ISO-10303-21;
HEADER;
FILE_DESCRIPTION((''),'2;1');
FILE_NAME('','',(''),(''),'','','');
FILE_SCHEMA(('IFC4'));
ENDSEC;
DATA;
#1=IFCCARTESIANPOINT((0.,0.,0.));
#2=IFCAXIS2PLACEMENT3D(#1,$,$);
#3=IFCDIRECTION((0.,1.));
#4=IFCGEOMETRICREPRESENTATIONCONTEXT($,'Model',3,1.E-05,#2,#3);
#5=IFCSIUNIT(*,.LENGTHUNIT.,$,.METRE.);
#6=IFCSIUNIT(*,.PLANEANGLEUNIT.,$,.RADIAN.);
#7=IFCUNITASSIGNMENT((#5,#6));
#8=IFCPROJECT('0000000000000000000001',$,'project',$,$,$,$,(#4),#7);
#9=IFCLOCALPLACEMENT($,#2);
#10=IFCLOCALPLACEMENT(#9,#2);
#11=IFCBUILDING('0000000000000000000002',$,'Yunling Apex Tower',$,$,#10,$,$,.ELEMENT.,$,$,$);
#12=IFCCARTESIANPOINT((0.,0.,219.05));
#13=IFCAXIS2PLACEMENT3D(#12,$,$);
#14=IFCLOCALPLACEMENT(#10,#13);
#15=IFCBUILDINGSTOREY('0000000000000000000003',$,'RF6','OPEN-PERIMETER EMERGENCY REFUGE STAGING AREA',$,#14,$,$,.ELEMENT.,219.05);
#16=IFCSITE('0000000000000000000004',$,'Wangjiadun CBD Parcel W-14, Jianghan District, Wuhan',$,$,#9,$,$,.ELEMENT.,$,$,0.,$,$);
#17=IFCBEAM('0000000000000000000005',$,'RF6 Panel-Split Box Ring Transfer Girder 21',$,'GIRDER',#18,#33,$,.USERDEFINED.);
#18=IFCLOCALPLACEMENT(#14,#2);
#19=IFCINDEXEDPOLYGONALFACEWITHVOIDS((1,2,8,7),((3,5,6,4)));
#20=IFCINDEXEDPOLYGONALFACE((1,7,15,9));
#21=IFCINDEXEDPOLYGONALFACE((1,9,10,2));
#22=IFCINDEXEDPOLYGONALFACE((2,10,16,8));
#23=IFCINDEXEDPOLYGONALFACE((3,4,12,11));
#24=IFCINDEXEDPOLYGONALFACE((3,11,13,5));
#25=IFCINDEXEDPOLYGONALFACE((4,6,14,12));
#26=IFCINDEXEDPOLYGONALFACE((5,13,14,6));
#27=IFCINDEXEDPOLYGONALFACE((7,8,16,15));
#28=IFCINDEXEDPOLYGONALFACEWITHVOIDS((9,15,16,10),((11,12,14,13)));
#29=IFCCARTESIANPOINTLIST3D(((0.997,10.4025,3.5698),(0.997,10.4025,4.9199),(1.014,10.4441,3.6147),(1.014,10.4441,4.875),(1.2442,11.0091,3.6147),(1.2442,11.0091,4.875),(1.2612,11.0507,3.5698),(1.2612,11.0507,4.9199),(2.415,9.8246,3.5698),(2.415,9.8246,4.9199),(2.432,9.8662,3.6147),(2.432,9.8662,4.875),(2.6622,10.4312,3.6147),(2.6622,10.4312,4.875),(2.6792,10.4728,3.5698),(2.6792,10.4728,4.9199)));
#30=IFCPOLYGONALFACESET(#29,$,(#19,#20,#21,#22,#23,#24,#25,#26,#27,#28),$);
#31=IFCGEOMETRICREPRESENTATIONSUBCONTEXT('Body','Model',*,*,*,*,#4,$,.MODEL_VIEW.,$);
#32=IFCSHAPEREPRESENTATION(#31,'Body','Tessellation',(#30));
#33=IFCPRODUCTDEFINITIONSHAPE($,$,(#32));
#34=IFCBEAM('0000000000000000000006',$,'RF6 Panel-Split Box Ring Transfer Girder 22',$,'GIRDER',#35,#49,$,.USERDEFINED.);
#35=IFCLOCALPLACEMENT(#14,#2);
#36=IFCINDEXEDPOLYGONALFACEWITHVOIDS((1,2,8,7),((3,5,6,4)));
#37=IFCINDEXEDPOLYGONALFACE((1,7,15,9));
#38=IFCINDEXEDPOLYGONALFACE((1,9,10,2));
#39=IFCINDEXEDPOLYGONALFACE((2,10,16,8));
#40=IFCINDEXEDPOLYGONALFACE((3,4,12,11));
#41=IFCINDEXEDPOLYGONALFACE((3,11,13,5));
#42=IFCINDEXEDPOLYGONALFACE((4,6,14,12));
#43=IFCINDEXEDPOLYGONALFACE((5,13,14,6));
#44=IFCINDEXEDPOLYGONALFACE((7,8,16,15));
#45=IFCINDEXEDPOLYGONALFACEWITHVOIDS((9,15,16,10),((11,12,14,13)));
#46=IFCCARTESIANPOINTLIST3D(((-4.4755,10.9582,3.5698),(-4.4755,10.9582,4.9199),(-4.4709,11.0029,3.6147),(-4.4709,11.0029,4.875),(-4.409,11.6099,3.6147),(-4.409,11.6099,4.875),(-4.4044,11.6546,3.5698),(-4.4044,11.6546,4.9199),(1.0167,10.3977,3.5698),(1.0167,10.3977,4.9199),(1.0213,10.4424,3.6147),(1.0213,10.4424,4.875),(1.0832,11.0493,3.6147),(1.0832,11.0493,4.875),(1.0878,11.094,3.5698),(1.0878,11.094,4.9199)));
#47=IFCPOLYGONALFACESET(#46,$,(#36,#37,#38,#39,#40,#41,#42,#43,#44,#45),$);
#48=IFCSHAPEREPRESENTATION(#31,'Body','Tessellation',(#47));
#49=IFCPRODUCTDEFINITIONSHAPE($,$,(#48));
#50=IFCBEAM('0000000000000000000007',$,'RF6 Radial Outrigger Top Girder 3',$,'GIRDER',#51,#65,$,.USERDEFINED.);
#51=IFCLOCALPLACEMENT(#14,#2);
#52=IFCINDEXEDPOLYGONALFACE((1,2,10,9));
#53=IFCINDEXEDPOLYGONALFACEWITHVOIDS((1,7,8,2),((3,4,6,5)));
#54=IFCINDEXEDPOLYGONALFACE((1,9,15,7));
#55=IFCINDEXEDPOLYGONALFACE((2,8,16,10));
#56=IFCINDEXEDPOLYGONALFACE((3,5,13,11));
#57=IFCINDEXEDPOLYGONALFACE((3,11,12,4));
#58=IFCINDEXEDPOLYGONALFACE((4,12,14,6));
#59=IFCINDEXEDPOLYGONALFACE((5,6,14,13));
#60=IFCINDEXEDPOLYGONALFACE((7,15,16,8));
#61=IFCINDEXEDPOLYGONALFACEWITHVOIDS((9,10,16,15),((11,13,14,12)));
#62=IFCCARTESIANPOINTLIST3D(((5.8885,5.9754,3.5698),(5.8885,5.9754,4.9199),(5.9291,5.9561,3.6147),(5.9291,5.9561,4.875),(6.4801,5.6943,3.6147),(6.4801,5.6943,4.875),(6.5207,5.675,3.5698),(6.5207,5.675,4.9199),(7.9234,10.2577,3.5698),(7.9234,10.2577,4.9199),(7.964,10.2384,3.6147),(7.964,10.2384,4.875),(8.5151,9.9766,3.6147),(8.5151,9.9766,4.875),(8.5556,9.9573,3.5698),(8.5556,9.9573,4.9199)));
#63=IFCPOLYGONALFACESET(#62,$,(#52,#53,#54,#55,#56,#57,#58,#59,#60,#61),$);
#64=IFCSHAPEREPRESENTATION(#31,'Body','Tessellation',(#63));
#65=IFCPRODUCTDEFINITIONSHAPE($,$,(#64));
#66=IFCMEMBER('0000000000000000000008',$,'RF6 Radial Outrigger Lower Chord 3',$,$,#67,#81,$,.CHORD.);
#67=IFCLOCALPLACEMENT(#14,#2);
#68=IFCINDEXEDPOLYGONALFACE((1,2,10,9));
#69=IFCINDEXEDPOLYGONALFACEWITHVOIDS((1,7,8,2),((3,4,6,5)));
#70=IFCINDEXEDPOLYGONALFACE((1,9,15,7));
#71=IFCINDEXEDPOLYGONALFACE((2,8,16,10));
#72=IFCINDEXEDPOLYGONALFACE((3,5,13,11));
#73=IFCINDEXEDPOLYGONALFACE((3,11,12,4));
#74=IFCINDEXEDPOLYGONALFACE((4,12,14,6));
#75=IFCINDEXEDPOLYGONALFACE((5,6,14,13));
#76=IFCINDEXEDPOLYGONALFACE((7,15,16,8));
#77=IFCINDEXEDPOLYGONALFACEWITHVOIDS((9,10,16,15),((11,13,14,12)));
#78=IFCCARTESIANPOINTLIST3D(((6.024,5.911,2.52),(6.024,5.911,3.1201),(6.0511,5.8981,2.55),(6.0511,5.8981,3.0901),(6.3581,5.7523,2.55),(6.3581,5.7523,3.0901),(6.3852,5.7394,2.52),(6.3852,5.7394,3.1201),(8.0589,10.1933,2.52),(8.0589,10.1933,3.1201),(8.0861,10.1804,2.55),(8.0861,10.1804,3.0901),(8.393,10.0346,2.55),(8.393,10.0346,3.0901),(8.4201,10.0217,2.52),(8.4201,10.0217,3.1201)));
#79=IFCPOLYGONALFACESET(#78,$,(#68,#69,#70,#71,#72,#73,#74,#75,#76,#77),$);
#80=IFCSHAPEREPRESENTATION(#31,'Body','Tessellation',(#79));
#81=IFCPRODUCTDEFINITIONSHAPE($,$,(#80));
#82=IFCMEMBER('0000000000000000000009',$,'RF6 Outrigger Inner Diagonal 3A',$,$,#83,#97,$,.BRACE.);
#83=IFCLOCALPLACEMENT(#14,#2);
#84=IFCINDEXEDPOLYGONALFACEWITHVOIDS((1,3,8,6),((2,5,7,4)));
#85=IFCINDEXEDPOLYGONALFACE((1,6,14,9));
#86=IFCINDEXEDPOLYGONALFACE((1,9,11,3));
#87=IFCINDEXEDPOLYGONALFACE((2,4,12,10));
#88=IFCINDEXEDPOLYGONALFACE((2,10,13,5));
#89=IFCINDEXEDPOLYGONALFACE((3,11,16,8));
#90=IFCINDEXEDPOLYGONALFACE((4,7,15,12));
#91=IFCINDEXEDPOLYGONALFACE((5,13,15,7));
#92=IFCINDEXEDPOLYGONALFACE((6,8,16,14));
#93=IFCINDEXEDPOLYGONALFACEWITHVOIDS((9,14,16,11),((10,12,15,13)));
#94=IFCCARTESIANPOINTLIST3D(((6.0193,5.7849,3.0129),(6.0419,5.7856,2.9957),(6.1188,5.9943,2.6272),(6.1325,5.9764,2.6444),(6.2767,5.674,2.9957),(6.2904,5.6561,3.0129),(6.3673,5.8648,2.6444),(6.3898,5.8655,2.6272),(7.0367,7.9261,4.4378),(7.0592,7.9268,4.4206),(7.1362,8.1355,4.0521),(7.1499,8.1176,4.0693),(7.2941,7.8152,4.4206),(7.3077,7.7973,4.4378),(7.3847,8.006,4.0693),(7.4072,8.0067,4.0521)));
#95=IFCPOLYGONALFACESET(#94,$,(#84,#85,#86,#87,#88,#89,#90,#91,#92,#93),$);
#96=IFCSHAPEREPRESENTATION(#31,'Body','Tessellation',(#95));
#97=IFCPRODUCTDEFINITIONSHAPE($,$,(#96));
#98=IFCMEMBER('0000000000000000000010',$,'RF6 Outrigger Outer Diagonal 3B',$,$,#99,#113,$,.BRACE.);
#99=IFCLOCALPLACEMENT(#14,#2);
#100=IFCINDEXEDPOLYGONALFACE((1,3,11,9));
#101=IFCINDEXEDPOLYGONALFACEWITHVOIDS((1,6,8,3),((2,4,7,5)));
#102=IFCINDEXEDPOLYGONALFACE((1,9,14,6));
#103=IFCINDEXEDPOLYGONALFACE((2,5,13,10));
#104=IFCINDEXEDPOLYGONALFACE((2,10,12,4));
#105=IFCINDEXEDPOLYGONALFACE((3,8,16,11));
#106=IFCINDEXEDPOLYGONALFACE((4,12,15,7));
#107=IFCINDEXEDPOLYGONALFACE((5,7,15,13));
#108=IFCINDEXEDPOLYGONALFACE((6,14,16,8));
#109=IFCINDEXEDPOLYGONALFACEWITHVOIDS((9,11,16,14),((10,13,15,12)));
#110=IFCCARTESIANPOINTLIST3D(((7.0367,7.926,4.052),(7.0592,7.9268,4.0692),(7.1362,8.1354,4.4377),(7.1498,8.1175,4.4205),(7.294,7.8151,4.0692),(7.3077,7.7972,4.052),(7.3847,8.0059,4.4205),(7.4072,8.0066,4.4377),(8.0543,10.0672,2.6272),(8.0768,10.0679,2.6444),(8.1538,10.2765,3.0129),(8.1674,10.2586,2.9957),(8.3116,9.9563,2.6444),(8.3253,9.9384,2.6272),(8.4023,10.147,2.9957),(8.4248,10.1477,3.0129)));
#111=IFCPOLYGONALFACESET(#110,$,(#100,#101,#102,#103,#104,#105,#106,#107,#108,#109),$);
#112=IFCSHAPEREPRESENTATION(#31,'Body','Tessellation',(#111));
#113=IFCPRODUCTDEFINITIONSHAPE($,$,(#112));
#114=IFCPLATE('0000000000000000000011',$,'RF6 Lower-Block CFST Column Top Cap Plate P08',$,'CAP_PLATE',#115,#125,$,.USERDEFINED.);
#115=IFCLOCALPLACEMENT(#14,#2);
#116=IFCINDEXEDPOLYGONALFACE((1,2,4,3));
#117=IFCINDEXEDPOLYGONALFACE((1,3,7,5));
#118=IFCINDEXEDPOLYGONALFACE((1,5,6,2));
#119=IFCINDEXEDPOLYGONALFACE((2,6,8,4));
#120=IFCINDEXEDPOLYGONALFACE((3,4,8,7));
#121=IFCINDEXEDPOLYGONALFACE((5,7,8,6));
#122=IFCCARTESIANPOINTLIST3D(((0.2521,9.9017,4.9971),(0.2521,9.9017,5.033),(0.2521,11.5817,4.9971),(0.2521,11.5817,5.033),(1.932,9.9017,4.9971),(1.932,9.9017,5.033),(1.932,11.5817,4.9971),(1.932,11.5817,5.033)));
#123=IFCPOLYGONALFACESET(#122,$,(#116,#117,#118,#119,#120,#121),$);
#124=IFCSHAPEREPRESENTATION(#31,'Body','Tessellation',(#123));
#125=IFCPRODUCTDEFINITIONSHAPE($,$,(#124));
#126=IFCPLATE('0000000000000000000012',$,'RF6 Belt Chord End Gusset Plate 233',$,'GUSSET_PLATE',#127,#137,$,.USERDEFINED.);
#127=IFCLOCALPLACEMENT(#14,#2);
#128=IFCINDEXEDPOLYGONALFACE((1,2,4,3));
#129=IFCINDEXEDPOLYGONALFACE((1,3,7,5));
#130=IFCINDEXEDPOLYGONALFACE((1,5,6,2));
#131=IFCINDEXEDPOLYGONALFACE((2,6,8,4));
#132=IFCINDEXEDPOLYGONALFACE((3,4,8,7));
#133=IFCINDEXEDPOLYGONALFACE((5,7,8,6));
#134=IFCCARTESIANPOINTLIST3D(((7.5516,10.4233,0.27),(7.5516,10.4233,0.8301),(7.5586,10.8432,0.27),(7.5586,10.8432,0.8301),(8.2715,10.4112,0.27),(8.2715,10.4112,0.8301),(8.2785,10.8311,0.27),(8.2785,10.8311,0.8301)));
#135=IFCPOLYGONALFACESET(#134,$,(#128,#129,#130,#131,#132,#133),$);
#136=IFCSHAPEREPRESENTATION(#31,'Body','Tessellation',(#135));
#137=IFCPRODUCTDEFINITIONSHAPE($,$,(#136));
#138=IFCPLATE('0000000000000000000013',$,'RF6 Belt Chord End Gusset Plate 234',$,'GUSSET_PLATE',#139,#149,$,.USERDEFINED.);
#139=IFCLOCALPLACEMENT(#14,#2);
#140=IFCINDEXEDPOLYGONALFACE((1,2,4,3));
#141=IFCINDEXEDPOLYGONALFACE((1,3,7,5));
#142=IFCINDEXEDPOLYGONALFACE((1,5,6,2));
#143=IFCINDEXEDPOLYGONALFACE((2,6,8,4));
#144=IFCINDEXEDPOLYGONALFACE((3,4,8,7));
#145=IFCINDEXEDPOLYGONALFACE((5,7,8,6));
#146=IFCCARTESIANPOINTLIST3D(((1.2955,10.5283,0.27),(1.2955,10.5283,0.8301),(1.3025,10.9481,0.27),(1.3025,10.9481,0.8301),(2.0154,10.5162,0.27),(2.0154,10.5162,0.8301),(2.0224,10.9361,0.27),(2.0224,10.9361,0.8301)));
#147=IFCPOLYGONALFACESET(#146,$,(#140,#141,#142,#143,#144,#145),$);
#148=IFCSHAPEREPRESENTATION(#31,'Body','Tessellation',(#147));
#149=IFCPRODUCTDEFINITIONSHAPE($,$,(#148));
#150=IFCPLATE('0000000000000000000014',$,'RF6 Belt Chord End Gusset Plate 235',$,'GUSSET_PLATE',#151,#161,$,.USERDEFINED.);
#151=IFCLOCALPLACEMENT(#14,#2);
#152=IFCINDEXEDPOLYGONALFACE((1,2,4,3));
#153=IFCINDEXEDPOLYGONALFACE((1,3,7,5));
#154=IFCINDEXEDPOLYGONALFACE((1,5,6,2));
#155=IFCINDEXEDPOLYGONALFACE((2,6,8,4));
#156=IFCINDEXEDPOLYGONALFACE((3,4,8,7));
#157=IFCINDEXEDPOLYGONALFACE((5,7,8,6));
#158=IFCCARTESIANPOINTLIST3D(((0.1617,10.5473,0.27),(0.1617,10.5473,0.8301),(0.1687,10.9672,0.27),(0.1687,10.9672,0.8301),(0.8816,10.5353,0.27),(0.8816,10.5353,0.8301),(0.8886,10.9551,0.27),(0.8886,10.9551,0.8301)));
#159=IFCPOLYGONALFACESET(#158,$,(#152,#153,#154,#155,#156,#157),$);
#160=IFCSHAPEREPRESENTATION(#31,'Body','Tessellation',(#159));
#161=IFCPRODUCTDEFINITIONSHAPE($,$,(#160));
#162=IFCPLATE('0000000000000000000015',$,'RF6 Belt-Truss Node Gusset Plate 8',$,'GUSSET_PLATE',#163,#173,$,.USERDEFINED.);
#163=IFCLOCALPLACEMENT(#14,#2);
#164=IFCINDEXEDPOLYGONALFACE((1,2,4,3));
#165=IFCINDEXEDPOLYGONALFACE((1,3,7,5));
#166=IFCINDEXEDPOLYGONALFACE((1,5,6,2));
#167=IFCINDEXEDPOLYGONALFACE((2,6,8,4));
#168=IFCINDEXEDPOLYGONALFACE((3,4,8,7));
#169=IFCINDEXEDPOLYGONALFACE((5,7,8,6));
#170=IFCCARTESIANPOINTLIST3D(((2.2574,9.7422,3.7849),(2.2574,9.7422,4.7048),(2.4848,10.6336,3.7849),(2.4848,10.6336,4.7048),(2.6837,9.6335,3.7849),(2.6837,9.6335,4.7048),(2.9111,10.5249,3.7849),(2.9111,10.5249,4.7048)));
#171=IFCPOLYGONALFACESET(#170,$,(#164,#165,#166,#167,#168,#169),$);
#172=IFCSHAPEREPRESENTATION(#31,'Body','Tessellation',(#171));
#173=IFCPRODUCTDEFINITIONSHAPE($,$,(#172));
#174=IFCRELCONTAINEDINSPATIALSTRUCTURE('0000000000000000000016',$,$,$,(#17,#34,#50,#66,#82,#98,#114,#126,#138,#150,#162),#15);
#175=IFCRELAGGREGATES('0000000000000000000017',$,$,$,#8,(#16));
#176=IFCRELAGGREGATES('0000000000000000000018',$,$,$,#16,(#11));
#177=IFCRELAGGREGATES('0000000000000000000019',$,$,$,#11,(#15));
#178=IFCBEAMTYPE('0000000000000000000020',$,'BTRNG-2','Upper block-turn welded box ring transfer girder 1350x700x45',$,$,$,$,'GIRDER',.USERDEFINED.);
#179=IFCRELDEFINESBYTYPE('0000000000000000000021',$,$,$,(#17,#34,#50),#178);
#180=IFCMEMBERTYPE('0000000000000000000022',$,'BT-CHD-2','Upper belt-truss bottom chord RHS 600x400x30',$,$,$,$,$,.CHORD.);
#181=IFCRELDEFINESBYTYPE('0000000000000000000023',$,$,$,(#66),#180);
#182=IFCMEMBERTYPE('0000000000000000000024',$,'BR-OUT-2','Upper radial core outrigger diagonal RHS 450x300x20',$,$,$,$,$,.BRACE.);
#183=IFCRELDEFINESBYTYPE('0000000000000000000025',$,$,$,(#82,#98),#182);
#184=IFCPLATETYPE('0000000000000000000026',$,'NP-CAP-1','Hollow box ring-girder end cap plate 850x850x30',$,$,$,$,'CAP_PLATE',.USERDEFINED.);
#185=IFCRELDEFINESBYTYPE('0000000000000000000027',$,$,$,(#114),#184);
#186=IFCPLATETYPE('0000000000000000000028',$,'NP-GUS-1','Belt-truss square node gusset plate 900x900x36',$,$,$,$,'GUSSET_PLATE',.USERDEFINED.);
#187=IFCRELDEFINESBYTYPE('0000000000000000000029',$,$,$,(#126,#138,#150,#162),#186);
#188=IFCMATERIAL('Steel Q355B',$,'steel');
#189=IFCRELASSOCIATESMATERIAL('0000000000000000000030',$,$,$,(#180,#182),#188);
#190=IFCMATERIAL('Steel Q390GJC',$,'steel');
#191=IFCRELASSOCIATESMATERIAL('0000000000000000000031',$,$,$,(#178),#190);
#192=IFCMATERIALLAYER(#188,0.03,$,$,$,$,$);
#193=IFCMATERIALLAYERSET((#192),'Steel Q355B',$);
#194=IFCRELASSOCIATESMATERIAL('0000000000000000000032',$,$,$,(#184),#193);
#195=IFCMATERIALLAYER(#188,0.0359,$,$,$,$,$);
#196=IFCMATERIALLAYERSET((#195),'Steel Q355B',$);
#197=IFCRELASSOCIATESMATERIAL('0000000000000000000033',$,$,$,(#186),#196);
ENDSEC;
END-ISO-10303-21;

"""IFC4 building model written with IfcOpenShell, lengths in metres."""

from ifc_helpers import new_model, si_unit, direction, frame, origin, origin_2d, place, context, subcontext, project, spatial, rectangle, hollow_rectangle, extrude, source, transform, mapped, material, layer, layer_set, material_profile, profile_set, type_object, element, save


model = new_model("IFC4")

# Units and contexts
model_context = context("Model", 3, precision=1e-05, world=origin(), true_north=direction((0.0, 1.0)))
body_context = subcontext(model_context, "Body", "Model", "MODEL_VIEW")
ifc_project = project(units=[si_unit("LENGTHUNIT", "METRE"), si_unit("PLANEANGLEUNIT", "RADIAN")], contexts=[model_context])

# Site, building, storey
site_placement = place(None, origin())
site = spatial("IfcSite", under=ifc_project, at=site_placement, Name="Wangjiadun CBD Parcel W-14, Jianghan District, Wuhan", CompositionType="ELEMENT", RefElevation=0.0)
building_placement = place(site_placement, origin())
building = spatial("IfcBuilding", under=site, at=building_placement, Name="Yunling Apex Tower", CompositionType="ELEMENT")
storey_placement = place(building_placement, frame((0.0, 0.0, 219.05)))
storey = spatial("IfcBuildingStorey", under=building, at=storey_placement, Name="RF6", Description="OPEN-PERIMETER EMERGENCY REFUGE STAGING AREA", CompositionType="ELEMENT", Elevation=219.05)

# Shared definitions
ifc_material_1 = material(Name="Steel Q390GJC", Category="steel")

# Shared definitions
ifc_material_2 = material(Name="Steel Q355B", Category="steel")

# Shared definitions
ifc_material_profile_1 = material_profile(ifc_material_2, hollow_rectangle(XDim=0.3999, YDim=0.6001, WallThickness=0.03, at=origin_2d()))
ifc_profile_set_1 = profile_set([ifc_material_profile_1], Name="Steel Q355B")
member_type_1 = type_object("IfcMemberType", Name="BT-CHD-2", Description="Upper belt-truss bottom chord RHS 600x400x30", PredefinedType="CHORD", material=ifc_profile_set_1)

# Beams
ifc_material_profile_2 = material_profile(ifc_material_1, hollow_rectangle(XDim=0.7, YDim=1.3501, WallThickness=0.0449, at=origin_2d()))
ifc_profile_set_2 = profile_set([ifc_material_profile_2], Name="Steel Q390GJC")
beam_type_1 = type_object("IfcBeamType", Name="BTRNG-2", Description="Upper block-turn welded box ring transfer girder 1350x700x45", ElementType="GIRDER", PredefinedType="USERDEFINED", material=ifc_profile_set_2)
shared_shape_1 = source(origin(), body_context, "Body", "SweptSolid", [
    extrude(hollow_rectangle(XDim=0.7, YDim=1.3501, WallThickness=0.0449, at=origin_2d()), origin(), (0.0, 0.0, 1.0), 1.5312),
])
beam_1_placement = place(storey_placement, frame((2.5471, 10.1487, 4.2449), z_axis=(-0.926049, 0.377403, 0.0), x_axis=(-0.377403, -0.926049, 0.0)))
element("IfcBeam", 1, at=beam_1_placement, inside=storey, type_object=beam_type_1, Name="RF6 Panel-Split Box Ring Transfer Girder 21", ObjectType="GIRDER", PredefinedType="USERDEFINED", context=body_context, shape_type="MappedRepresentation", body=[
    mapped(shared_shape_1, transform((0.0, 0.0, 0.0), scale=1.0)),
])
shared_shape_2 = source(origin(), body_context, "Body", "SweptSolid", [
    extrude(hollow_rectangle(XDim=0.7, YDim=1.3501, WallThickness=0.0449, at=origin_2d()), origin(), (0.0, 0.0, 1.0), 5.5208),
])
beam_2_placement = place(storey_placement, frame((1.0522, 10.7458, 4.2449), z_axis=(-0.994832, 0.101535, 0.0), x_axis=(-0.101535, -0.994832, 0.0)))
element("IfcBeam", 2, at=beam_2_placement, inside=storey, type_object=beam_type_1, Name="RF6 Panel-Split Box Ring Transfer Girder 22", ObjectType="GIRDER", PredefinedType="USERDEFINED", context=body_context, shape_type="MappedRepresentation", body=[
    mapped(shared_shape_2, transform((0.0, 0.0, 0.0), scale=1.0)),
])
shared_shape_3 = source(origin(), body_context, "Body", "SweptSolid", [
    extrude(hollow_rectangle(XDim=0.7, YDim=1.3501, WallThickness=0.0449, at=origin_2d()), origin(), (0.0, 0.0, 1.0), 4.7412),
])
beam_3_placement = place(storey_placement, frame((6.2046, 5.8252, 4.2449), z_axis=(0.429204, 0.903208, 0.0), x_axis=(-0.903208, 0.429204, 0.0)))
element("IfcBeam", 3, at=beam_3_placement, inside=storey, type_object=beam_type_1, Name="RF6 Radial Outrigger Top Girder 3", ObjectType="GIRDER", PredefinedType="USERDEFINED", context=body_context, shape_type="MappedRepresentation", body=[
    mapped(shared_shape_3, transform((0.0, 0.0, 0.0), scale=1.0)),
])

# Members
shared_shape_4 = source(origin(), body_context, "Body", "SweptSolid", [
    extrude(hollow_rectangle(XDim=0.3999, YDim=0.6001, WallThickness=0.03, at=origin_2d()), origin(), (0.0, 0.0, 1.0), 4.7412),
])
member_placement = place(storey_placement, frame((6.2046, 5.8252, 2.8201), z_axis=(0.429204, 0.903208, 0.0), x_axis=(-0.903208, 0.429204, 0.0)))
element("IfcMember", 4, at=member_placement, inside=storey, type_object=member_type_1, Name="RF6 Radial Outrigger Lower Chord 3", PredefinedType="CHORD", context=body_context, shape_type="MappedRepresentation", body=[
    mapped(shared_shape_4, transform((0.0, 0.0, 0.0), scale=1.0)),
])
ifc_material_profile_3 = material_profile(ifc_material_2, hollow_rectangle(XDim=0.3, YDim=0.45, WallThickness=0.02, at=origin_2d()))
ifc_profile_set_3 = profile_set([ifc_material_profile_3], Name="Steel Q355B")
member_type_2 = type_object("IfcMemberType", Name="BR-OUT-2", Description="Upper radial core outrigger diagonal RHS 450x300x20", PredefinedType="BRACE", material=ifc_profile_set_3)
shared_shape_5 = source(origin(), body_context, "Body", "SweptSolid", [
    extrude(hollow_rectangle(XDim=0.3, YDim=0.45, WallThickness=0.02, at=origin_2d()), origin(), (0.0, 0.0, 1.0), 2.7659),
])
for number, where, z_axis, x_axis, name in (
    (5, (6.2046, 5.8252, 2.8201), (0.367832, 0.774151, 0.515159), (-0.903228, 0.429162, 0.0), "RF6 Outrigger Inner Diagonal 3A"),
    (6, (7.2219, 7.9663, 4.2449), (0.367909, 0.774126, -0.515143), (-0.903188, 0.429246, 0.0), "RF6 Outrigger Outer Diagonal 3B"),
):
    element("IfcMember", number, at=place(storey_placement, frame(where, z_axis=z_axis, x_axis=x_axis)), inside=storey, type_object=member_type_2, Name=name, PredefinedType="BRACE", context=body_context, shape_type="MappedRepresentation", body=[
        mapped(shared_shape_5, transform((0.0, 0.0, 0.0), scale=1.0)),
    ])

# Plates
ifc_layer_1 = layer(ifc_material_2, 0.03)
ifc_layer_set_1 = layer_set([ifc_layer_1], Name="Steel Q355B")
plate_type_1 = type_object("IfcPlateType", Name="NP-CAP-1", Description="Hollow box ring-girder end cap plate 850x850x30", ElementType="CAP_PLATE", PredefinedType="USERDEFINED", material=ifc_layer_set_1)
shared_shape_6 = source(origin(), body_context, "Body", "SweptSolid", [
    extrude(rectangle(XDim=1.6799, YDim=1.6799, at=origin_2d()), origin(), (0.0, 0.0, 1.0), 0.0359),
])
plate_1_placement = place(storey_placement, frame((1.092, 10.7417, 4.9971), z_axis=(0.0, 0.0, 1.0), x_axis=(1.0, 0.0, 0.0)))
element("IfcPlate", 7, at=plate_1_placement, inside=storey, type_object=plate_type_1, Name="RF6 Lower-Block CFST Column Top Cap Plate P08", ObjectType="CAP_PLATE", PredefinedType="USERDEFINED", context=body_context, shape_type="MappedRepresentation", body=[
    mapped(shared_shape_6, transform((0.0, 0.0, 0.0), scale=1.0)),
])
ifc_layer_2 = layer(ifc_material_2, 0.0359)
ifc_layer_set_2 = layer_set([ifc_layer_2], Name="Steel Q355B")
plate_type_2 = type_object("IfcPlateType", Name="NP-GUS-1", Description="Belt-truss square node gusset plate 900x900x36", ElementType="GUSSET_PLATE", PredefinedType="USERDEFINED", material=ifc_layer_set_2)
shared_shape_7 = source(origin(), body_context, "Body", "SweptSolid", [
    extrude(rectangle(XDim=0.72, YDim=0.4199, at=origin_2d()), origin(), (0.0, 0.0, 1.0), 0.5601),
])
for number, where, z_axis, x_axis, name in (
    (8, (7.915, 10.6272, 0.27), (0.0, 0.0, 1.0), (-0.99986, 0.016754, 0.0), "RF6 Belt Chord End Gusset Plate 233"),
    (9, (1.6589, 10.7322, 0.27), (0.0, 0.0, 1.0), (-0.99986, 0.016754, 0.0), "RF6 Belt Chord End Gusset Plate 234"),
    (10, (0.5251, 10.7512, 0.27), (0.0, 0.0, 1.0), (-0.99986, 0.016754, 0.0), "RF6 Belt Chord End Gusset Plate 235"),
):
    element("IfcPlate", number, at=place(storey_placement, frame(where, z_axis=z_axis, x_axis=x_axis)), inside=storey, type_object=plate_type_2, Name=name, ObjectType="GUSSET_PLATE", PredefinedType="USERDEFINED", context=body_context, shape_type="MappedRepresentation", body=[
        mapped(shared_shape_7, transform((0.0, 0.0, 0.0), scale=1.0)),
    ])
shared_shape_8 = source(origin(), body_context, "Body", "SweptSolid", [
    extrude(rectangle(XDim=0.9199, YDim=0.4399, at=origin_2d()), origin(), (0.0, 0.0, 1.0), 0.9199),
])
plate_2_placement = place(storey_placement, frame((2.5842, 10.1335, 3.7849), z_axis=(0.0, 0.0, 1.0), x_axis=(0.247168, 0.968973, 0.0)))
element("IfcPlate", 11, at=plate_2_placement, inside=storey, type_object=plate_type_2, Name="RF6 Belt-Truss Node Gusset Plate 8", ObjectType="GUSSET_PLATE", PredefinedType="USERDEFINED", context=body_context, shape_type="MappedRepresentation", body=[
    mapped(shared_shape_8, transform((0.0, 0.0, 0.0), scale=1.0)),
])

save(model, "model.ifc")
